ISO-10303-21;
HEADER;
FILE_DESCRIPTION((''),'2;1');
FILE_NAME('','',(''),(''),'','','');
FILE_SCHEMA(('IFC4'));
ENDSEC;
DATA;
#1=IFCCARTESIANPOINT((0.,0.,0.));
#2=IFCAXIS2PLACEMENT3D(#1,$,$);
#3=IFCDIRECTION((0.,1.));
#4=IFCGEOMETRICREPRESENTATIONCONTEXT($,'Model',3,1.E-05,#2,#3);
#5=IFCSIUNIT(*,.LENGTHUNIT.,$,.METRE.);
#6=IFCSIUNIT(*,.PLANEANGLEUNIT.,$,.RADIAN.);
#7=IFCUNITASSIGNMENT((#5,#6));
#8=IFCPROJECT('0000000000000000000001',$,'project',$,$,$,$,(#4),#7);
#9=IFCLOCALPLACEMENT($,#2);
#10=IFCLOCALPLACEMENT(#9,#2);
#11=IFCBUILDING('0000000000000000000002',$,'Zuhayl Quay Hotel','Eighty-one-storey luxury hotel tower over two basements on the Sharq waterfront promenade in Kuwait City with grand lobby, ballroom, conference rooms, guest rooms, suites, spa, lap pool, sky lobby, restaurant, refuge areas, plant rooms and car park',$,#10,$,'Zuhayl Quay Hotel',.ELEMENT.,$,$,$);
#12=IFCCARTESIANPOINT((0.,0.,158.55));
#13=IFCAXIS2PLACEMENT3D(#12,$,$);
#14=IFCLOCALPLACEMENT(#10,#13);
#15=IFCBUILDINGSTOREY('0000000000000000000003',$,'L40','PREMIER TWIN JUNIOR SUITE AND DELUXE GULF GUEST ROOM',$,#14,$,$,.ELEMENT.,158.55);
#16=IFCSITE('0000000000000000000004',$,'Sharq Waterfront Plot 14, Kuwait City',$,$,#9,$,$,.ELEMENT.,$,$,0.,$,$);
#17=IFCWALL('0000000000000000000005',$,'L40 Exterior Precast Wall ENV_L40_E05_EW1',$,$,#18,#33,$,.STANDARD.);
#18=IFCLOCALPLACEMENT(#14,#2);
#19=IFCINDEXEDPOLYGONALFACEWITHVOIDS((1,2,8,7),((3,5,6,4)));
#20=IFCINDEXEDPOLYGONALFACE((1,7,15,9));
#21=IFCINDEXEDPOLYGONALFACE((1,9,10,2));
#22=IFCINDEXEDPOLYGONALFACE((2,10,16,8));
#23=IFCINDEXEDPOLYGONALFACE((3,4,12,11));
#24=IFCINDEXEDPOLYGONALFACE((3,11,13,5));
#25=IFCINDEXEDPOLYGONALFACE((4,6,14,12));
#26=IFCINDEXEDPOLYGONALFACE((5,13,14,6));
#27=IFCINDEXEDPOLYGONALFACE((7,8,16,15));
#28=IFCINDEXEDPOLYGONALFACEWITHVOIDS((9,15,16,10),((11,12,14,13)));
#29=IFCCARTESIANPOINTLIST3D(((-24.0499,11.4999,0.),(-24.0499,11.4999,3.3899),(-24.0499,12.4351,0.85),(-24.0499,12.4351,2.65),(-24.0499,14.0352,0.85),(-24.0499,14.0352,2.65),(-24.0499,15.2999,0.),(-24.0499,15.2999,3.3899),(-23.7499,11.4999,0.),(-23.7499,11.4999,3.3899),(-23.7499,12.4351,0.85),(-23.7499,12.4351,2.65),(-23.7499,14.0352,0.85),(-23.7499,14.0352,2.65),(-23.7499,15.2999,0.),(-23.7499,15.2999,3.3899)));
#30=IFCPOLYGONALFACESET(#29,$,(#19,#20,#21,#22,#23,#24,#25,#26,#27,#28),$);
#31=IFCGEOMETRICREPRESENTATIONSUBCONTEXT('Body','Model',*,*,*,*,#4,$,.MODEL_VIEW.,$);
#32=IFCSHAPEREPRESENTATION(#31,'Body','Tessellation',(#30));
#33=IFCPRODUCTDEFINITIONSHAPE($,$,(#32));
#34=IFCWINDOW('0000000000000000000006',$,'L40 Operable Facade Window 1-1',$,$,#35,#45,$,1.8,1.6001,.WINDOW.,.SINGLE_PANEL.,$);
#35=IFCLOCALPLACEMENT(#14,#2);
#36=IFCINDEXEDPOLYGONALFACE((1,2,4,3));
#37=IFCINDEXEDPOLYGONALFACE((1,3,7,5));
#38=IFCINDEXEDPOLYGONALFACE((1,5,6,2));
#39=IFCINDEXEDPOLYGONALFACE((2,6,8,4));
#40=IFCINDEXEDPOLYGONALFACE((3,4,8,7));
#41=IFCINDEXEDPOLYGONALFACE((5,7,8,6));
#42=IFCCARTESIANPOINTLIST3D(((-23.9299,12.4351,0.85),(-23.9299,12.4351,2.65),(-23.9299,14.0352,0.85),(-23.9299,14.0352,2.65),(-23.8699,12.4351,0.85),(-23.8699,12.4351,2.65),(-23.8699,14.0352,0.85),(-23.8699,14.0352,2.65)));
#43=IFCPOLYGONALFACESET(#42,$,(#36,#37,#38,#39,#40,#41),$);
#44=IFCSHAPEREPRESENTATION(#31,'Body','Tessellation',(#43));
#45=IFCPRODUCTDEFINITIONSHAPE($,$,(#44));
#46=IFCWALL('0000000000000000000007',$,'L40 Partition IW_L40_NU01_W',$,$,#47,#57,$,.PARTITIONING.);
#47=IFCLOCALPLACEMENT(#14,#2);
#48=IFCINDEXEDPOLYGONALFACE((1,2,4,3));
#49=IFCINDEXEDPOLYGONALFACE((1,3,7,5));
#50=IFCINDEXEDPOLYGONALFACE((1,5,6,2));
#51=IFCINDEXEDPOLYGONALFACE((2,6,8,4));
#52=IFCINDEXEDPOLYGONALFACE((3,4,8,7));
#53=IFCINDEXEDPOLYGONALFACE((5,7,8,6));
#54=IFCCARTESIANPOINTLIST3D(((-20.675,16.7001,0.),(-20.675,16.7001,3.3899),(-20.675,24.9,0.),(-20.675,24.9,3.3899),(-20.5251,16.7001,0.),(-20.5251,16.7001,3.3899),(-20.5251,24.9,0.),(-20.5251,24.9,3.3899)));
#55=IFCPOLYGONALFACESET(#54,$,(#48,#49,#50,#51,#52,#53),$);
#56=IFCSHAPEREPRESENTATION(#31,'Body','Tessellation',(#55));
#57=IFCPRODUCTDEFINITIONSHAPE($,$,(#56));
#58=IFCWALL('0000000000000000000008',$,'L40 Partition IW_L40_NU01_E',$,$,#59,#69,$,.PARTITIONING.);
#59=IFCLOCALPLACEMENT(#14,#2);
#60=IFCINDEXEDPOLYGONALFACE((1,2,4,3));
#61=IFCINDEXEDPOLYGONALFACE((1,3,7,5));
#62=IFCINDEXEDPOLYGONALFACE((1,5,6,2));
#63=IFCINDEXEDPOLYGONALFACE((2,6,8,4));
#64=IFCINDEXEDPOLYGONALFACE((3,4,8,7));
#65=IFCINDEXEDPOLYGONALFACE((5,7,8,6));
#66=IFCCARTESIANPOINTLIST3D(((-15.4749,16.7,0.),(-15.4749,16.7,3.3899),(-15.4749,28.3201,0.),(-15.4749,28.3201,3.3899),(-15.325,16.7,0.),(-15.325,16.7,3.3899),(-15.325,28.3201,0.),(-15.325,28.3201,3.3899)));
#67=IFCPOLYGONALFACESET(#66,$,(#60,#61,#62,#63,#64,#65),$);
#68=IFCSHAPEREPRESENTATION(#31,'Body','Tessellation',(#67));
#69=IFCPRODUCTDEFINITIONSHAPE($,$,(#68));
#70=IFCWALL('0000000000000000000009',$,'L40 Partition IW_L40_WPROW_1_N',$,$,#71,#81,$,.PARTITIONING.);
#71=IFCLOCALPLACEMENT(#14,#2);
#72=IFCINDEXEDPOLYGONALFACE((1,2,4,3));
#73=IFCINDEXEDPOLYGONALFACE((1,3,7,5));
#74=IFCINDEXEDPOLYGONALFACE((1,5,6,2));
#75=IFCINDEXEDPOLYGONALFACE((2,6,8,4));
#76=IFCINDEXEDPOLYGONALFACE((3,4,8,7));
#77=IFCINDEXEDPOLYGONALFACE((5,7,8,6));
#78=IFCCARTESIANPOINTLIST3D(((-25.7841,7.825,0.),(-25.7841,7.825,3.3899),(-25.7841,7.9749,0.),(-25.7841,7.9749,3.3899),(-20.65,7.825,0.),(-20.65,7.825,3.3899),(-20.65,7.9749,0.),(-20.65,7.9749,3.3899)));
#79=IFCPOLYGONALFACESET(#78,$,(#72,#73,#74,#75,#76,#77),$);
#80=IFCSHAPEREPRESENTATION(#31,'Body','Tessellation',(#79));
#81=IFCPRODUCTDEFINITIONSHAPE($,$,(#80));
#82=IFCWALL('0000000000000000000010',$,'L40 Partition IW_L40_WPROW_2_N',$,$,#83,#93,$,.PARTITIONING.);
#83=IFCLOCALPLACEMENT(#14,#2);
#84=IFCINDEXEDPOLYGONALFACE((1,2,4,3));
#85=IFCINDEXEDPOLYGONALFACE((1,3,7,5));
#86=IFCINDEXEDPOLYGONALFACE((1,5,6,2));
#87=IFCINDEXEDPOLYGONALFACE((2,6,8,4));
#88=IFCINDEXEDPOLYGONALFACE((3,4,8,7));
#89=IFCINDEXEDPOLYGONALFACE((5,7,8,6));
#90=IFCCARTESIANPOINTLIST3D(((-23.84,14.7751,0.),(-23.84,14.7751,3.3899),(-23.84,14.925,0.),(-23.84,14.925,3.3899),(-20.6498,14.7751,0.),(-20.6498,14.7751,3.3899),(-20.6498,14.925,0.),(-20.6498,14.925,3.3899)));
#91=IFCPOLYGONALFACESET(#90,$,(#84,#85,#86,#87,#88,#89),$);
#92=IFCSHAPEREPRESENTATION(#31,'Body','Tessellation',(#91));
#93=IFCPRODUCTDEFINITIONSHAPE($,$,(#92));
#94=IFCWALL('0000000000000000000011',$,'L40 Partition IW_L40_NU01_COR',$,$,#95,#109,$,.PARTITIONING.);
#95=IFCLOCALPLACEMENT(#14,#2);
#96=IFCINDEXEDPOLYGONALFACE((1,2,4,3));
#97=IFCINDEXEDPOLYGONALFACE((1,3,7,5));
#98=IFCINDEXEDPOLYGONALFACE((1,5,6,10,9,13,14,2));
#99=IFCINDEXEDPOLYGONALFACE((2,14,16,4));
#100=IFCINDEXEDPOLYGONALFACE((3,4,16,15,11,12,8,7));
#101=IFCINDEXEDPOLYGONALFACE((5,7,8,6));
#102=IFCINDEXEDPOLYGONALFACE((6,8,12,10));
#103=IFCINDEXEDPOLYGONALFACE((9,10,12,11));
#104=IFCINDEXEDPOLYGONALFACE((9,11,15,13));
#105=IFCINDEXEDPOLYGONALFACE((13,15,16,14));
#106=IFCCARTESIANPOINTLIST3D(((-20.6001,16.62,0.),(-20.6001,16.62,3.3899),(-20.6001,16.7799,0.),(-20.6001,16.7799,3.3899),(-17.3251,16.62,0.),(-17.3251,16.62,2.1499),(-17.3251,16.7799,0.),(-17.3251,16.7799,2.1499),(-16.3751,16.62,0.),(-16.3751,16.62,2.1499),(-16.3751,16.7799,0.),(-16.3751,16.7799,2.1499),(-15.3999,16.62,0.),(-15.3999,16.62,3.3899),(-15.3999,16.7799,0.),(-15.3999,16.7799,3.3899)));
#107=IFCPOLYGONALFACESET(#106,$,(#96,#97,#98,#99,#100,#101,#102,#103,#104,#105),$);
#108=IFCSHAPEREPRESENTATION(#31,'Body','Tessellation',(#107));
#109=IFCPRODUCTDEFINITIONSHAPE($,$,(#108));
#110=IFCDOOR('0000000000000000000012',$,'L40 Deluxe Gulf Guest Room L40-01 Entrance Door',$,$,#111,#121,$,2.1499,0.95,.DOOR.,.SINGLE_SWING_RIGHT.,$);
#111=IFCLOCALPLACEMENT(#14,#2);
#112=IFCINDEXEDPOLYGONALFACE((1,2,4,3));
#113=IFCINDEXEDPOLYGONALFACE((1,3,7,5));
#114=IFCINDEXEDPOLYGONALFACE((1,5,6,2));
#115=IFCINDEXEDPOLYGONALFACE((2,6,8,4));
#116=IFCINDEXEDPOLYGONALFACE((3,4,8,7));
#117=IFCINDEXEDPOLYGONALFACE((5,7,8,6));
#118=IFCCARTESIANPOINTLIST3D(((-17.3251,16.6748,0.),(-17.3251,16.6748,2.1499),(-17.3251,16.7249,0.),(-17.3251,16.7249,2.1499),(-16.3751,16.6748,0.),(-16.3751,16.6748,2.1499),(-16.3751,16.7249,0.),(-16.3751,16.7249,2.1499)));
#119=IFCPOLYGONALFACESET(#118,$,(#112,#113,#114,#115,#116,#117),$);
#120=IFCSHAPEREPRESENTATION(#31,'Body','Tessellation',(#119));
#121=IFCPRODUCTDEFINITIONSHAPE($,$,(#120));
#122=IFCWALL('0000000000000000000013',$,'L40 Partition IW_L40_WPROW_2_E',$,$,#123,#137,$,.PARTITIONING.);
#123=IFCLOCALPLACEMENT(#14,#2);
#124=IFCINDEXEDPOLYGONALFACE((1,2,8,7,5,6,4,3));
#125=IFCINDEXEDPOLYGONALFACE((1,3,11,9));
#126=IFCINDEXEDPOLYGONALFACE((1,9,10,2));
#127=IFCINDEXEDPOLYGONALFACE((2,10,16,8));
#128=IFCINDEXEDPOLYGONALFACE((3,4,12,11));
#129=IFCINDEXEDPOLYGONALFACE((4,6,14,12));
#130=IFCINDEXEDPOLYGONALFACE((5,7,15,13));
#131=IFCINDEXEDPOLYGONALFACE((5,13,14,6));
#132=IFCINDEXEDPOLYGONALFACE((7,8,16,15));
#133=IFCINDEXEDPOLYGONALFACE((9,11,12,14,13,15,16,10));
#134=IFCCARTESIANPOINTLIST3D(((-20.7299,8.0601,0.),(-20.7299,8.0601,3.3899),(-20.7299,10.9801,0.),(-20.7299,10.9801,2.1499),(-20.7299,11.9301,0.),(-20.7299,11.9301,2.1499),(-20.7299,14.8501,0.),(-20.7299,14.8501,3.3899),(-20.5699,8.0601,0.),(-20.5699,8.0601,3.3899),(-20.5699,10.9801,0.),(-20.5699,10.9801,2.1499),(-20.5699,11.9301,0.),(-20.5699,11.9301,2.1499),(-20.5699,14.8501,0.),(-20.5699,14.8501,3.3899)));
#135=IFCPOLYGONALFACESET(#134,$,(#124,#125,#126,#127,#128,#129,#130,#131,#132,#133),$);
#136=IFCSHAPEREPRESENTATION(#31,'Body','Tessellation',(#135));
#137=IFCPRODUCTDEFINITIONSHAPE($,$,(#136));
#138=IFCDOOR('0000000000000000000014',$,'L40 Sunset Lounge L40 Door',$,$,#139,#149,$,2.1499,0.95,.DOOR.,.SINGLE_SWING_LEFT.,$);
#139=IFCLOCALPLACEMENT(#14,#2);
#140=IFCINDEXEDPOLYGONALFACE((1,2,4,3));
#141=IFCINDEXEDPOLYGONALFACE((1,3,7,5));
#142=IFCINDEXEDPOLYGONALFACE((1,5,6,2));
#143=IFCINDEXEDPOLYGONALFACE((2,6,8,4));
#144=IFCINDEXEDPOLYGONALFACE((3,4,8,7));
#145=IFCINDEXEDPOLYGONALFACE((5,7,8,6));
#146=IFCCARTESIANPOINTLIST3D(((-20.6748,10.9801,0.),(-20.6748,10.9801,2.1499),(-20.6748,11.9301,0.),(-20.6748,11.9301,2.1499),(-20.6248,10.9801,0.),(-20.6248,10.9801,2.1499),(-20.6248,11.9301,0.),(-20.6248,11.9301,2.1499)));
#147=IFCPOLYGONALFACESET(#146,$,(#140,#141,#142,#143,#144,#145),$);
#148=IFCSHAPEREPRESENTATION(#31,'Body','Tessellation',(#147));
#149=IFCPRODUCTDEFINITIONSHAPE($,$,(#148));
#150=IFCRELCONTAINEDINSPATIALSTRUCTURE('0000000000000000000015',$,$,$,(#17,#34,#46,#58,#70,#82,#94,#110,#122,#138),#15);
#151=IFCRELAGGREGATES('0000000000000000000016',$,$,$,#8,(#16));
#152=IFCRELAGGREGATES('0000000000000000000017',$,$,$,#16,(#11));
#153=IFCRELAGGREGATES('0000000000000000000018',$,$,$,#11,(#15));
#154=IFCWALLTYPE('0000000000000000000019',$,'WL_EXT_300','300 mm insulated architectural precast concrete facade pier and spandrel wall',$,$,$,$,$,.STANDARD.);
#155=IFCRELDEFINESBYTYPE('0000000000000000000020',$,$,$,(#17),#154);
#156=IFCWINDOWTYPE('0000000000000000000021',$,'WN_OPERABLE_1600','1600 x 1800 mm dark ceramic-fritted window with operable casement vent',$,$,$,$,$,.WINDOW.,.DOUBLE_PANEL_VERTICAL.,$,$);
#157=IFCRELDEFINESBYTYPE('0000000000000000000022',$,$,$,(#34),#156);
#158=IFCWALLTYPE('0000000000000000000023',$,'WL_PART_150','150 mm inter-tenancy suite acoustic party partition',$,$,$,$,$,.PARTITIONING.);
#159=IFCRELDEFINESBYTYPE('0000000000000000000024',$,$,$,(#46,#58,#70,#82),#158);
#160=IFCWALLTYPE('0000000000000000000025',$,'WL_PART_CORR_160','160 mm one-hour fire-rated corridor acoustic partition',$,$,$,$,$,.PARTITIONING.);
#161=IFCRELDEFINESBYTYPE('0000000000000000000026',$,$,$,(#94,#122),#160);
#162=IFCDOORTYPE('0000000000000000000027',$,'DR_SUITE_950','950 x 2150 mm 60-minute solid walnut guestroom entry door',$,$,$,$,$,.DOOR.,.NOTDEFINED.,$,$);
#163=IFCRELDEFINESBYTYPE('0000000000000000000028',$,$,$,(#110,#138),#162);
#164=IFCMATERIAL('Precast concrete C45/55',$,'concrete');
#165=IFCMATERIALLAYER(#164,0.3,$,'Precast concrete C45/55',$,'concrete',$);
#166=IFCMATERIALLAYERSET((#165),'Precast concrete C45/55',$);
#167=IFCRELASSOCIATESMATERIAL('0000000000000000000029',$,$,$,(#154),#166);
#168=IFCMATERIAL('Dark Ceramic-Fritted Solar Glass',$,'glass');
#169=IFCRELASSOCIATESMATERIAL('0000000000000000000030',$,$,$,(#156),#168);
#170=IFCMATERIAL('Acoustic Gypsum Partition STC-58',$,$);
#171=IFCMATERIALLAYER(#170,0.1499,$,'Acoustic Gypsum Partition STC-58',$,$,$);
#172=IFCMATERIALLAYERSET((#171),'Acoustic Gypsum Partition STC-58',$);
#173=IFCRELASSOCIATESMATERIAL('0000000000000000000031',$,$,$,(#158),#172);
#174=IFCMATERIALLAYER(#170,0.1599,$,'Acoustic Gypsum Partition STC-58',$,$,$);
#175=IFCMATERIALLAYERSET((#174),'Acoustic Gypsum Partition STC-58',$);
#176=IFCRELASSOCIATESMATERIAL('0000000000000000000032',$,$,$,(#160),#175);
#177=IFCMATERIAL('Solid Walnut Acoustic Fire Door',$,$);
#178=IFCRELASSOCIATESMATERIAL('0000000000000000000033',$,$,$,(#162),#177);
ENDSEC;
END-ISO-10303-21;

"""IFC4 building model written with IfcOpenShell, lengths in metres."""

from ifc_helpers import new_model, si_unit, direction, frame, frame_2d, origin, place, context, subcontext, project, spatial, rectangle, extrude, material, layer, layer_set, type_object, element, fill, save


model = new_model("IFC4")

# Units and contexts
model_context = context("Model", 3, precision=1e-05, world=origin(), true_north=direction((0.0, 1.0)))
body_context = subcontext(model_context, "Body", "Model", "MODEL_VIEW")
ifc_project = project(units=[si_unit("LENGTHUNIT", "METRE"), si_unit("PLANEANGLEUNIT", "RADIAN")], contexts=[model_context])

# Site, building, storey
site_placement = place(None, origin())
site = spatial("IfcSite", under=ifc_project, at=site_placement, Name="Sharq Waterfront Plot 14, Kuwait City", CompositionType="ELEMENT", RefElevation=0.0)
building_placement = place(site_placement, origin())
building = spatial("IfcBuilding", under=site, at=building_placement, Name="Zuhayl Quay Hotel", Description="Eighty-one-storey luxury hotel tower over two basements on the Sharq waterfront promenade in Kuwait City with grand lobby, ballroom, conference rooms, guest rooms, suites, spa, lap pool, sky lobby, restaurant, refuge areas, plant rooms and car park", LongName="Zuhayl Quay Hotel", CompositionType="ELEMENT")
storey_placement = place(building_placement, frame((0.0, 0.0, 158.55)))
storey = spatial("IfcBuildingStorey", under=building, at=storey_placement, Name="L40", Description="PREMIER TWIN JUNIOR SUITE AND DELUXE GULF GUEST ROOM", CompositionType="ELEMENT", Elevation=158.55)

# Wall, opening, window
ifc_material_1 = material(Name="Precast concrete C45/55", Category="concrete")
ifc_layer_1 = layer(ifc_material_1, 0.3, Name="Precast concrete C45/55", Category="concrete")
ifc_layer_set_1 = layer_set([ifc_layer_1], Name="Precast concrete C45/55")
wall_type_1 = type_object("IfcWallType", Name="WL_EXT_300", Description="300 mm insulated architectural precast concrete facade pier and spandrel wall", PredefinedType="STANDARD", material=ifc_layer_set_1)
wall_1_placement = place(storey_placement, frame((-23.8999, 11.5, 0.0), z_axis=(0.0, 0.0, 1.0), x_axis=(0.0, 1.0, 0.0)))
wall_1 = element("IfcWall", 1, at=wall_1_placement, inside=storey, type_object=wall_type_1, Name="L40 Exterior Precast Wall ENV_L40_E05_EW1", PredefinedType="STANDARD", context=body_context, shape_type="SweptSolid", body=[
    extrude(rectangle(XDim=3.8, YDim=0.3, at=frame_2d((1.8999, 0.0))), origin(), (0.0, 0.0, 1.0), 3.3899),
])
opening_1_placement = place(wall_1_placement, frame((0.9351, 0.0, 0.8501)))
opening_1 = element("IfcOpeningElement", 2, at=opening_1_placement, cuts=wall_1, PredefinedType="OPENING", context=body_context, shape_type="SweptSolid", body=[
    extrude(rectangle(XDim=1.6001, YDim=1.8, at=frame_2d((0.8, 0.8999))), frame((0.0, 0.1599, 0.0), z_axis=(0.0, -1.0, 0.0), x_axis=(1.0, 0.0, 0.0)), (0.0, 0.0, 1.0), 0.3201),
])
ifc_material_2 = material(Name="Dark Ceramic-Fritted Solar Glass", Category="glass")
window_type = type_object("IfcWindowType", Name="WN_OPERABLE_1600", Description="1600 x 1800 mm dark ceramic-fritted window with operable casement vent", PartitioningType="DOUBLE_PANEL_VERTICAL", PredefinedType="WINDOW", material=ifc_material_2)
window_placement = place(opening_1_placement, origin())
window = element("IfcWindow", 3, at=window_placement, inside=storey, type_object=window_type, Name="L40 Operable Facade Window 1-1", OverallHeight=1.8, OverallWidth=1.6001, PartitioningType="SINGLE_PANEL", PredefinedType="WINDOW", context=body_context, shape_type="SweptSolid", body=[
    extrude(rectangle(XDim=1.6001, YDim=1.8, at=frame_2d((0.8, 0.8999))), frame((0.0, 0.03, 0.0), z_axis=(0.0, -1.0, 0.0), x_axis=(1.0, 0.0, 0.0)), (0.0, 0.0, 1.0), 0.0601),
])
fill(opening_1, window)

# Walls
ifc_material_3 = material(Name="Acoustic Gypsum Partition STC-58")
ifc_layer_2 = layer(ifc_material_3, 0.1499, Name="Acoustic Gypsum Partition STC-58")
ifc_layer_set_2 = layer_set([ifc_layer_2], Name="Acoustic Gypsum Partition STC-58")
wall_type_2 = type_object("IfcWallType", Name="WL_PART_150", Description="150 mm inter-tenancy suite acoustic party partition", PredefinedType="PARTITIONING", material=ifc_layer_set_2)
wall_2_placement = place(storey_placement, frame((-20.6001, 16.7, 0.0), z_axis=(0.0, 0.0, 1.0), x_axis=(0.0, 1.0, 0.0)))
element("IfcWall", 4, at=wall_2_placement, inside=storey, type_object=wall_type_2, Name="L40 Partition IW_L40_NU01_W", PredefinedType="PARTITIONING", context=body_context, shape_type="SweptSolid", body=[
    extrude(rectangle(XDim=8.2, YDim=0.1499, at=frame_2d((4.1001, 0.0))), origin(), (0.0, 0.0, 1.0), 3.3899),
])
wall_3_placement = place(storey_placement, frame((-15.3999, 16.7, 0.0), z_axis=(0.0, 0.0, 1.0), x_axis=(0.0, 1.0, 0.0)))
element("IfcWall", 5, at=wall_3_placement, inside=storey, type_object=wall_type_2, Name="L40 Partition IW_L40_NU01_E", PredefinedType="PARTITIONING", context=body_context, shape_type="SweptSolid", body=[
    extrude(rectangle(XDim=11.6201, YDim=0.1499, at=frame_2d((5.8101, 0.0))), origin(), (0.0, 0.0, 1.0), 3.3899),
])
wall_4_placement = place(storey_placement, frame((-25.7839, 7.8999, 0.0), z_axis=(0.0, 0.0, 1.0), x_axis=(1.0, 0.0, 0.0)))
element("IfcWall", 6, at=wall_4_placement, inside=storey, type_object=wall_type_2, Name="L40 Partition IW_L40_WPROW_1_N", PredefinedType="PARTITIONING", context=body_context, shape_type="SweptSolid", body=[
    extrude(rectangle(XDim=5.134, YDim=0.1499, at=frame_2d((2.5669, 0.0))), origin(), (0.0, 0.0, 1.0), 3.3899),
])
wall_5_placement = place(storey_placement, frame((-23.8401, 14.8501, 0.0), z_axis=(0.0, 0.0, 1.0), x_axis=(1.0, 0.0, 0.0)))
element("IfcWall", 7, at=wall_5_placement, inside=storey, type_object=wall_type_2, Name="L40 Partition IW_L40_WPROW_2_N", PredefinedType="PARTITIONING", context=body_context, shape_type="SweptSolid", body=[
    extrude(rectangle(XDim=3.1902, YDim=0.1499, at=frame_2d((1.5952, 0.0))), origin(), (0.0, 0.0, 1.0), 3.3899),
])

# Walls, openings, doors
ifc_layer_3 = layer(ifc_material_3, 0.1599, Name="Acoustic Gypsum Partition STC-58")
ifc_layer_set_3 = layer_set([ifc_layer_3], Name="Acoustic Gypsum Partition STC-58")
wall_type_3 = type_object("IfcWallType", Name="WL_PART_CORR_160", Description="160 mm one-hour fire-rated corridor acoustic partition", PredefinedType="PARTITIONING", material=ifc_layer_set_3)
wall_6_placement = place(storey_placement, frame((-20.6001, 16.7, 0.0), z_axis=(0.0, 0.0, 1.0), x_axis=(1.0, 0.0, 0.0)))
wall_6 = element("IfcWall", 8, at=wall_6_placement, inside=storey, type_object=wall_type_3, Name="L40 Partition IW_L40_NU01_COR", PredefinedType="PARTITIONING", context=body_context, shape_type="SweptSolid", body=[
    extrude(rectangle(XDim=5.2002, YDim=0.1599, at=frame_2d((2.6001, 0.0))), origin(), (0.0, 0.0, 1.0), 3.3899),
])
opening_2_placement = place(wall_6_placement, frame((3.2749, 0.0, 0.0)))
opening_2 = element("IfcOpeningElement", 9, at=opening_2_placement, cuts=wall_6, PredefinedType="OPENING", context=body_context, shape_type="SweptSolid", body=[
    extrude(rectangle(XDim=0.95, YDim=2.1499, at=frame_2d((0.4751, 1.075))), frame((0.0, 0.0898, 0.0), z_axis=(0.0, -1.0, 0.0), x_axis=(1.0, 0.0, 0.0)), (0.0, 0.0, 1.0), 0.1799),
])
ifc_material_4 = material(Name="Solid Walnut Acoustic Fire Door")
door_type_1 = type_object("IfcDoorType", Name="DR_SUITE_950", Description="950 x 2150 mm 60-minute solid walnut guestroom entry door", OperationType="NOTDEFINED", PredefinedType="DOOR", material=ifc_material_4)
door_1_placement = place(opening_2_placement, origin())
door_1 = element("IfcDoor", 10, at=door_1_placement, inside=storey, type_object=door_type_1, Name="L40 Deluxe Gulf Guest Room L40-01 Entrance Door", OperationType="SINGLE_SWING_RIGHT", OverallHeight=2.1499, OverallWidth=0.95, PredefinedType="DOOR", context=body_context, shape_type="SweptSolid", body=[
    extrude(rectangle(XDim=0.95, YDim=2.1499, at=frame_2d((0.4751, 1.075))), frame((0.0, 0.0249, 0.0), z_axis=(0.0, -1.0, 0.0), x_axis=(1.0, 0.0, 0.0)), (0.0, 0.0, 1.0), 0.05),
])
fill(opening_2, door_1)
wall_7_placement = place(storey_placement, frame((-20.6499, 8.0601, 0.0), z_axis=(0.0, 0.0, 1.0), x_axis=(0.0, 1.0, 0.0)))
wall_7 = element("IfcWall", 11, at=wall_7_placement, inside=storey, type_object=wall_type_3, Name="L40 Partition IW_L40_WPROW_2_E", PredefinedType="PARTITIONING", context=body_context, shape_type="SweptSolid", body=[
    extrude(rectangle(XDim=6.79, YDim=0.1599, at=frame_2d((3.395, 0.0))), origin(), (0.0, 0.0, 1.0), 3.3899),
])
opening_3_placement = place(wall_7_placement, frame((2.9199, 0.0, 0.0)))
opening_3 = element("IfcOpeningElement", 12, at=opening_3_placement, cuts=wall_7, PredefinedType="OPENING", context=body_context, shape_type="SweptSolid", body=[
    extrude(rectangle(XDim=0.95, YDim=2.1499, at=frame_2d((0.4751, 1.075))), frame((0.0, 0.0898, 0.0), z_axis=(0.0, -1.0, 0.0), x_axis=(1.0, 0.0, 0.0)), (0.0, 0.0, 1.0), 0.1799),
])
door_2_placement = place(opening_3_placement, origin())
door_2 = element("IfcDoor", 13, at=door_2_placement, inside=storey, type_object=door_type_1, Name="L40 Sunset Lounge L40 Door", OperationType="SINGLE_SWING_LEFT", OverallHeight=2.1499, OverallWidth=0.95, PredefinedType="DOOR", context=body_context, shape_type="SweptSolid", body=[
    extrude(rectangle(XDim=0.95, YDim=2.1499, at=frame_2d((0.4751, 1.075))), frame((0.0, 0.0249, 0.0), z_axis=(0.0, -1.0, 0.0), x_axis=(1.0, 0.0, 0.0)), (0.0, 0.0, 1.0), 0.05),
])
fill(opening_3, door_2)

save(model, "model.ifc")
